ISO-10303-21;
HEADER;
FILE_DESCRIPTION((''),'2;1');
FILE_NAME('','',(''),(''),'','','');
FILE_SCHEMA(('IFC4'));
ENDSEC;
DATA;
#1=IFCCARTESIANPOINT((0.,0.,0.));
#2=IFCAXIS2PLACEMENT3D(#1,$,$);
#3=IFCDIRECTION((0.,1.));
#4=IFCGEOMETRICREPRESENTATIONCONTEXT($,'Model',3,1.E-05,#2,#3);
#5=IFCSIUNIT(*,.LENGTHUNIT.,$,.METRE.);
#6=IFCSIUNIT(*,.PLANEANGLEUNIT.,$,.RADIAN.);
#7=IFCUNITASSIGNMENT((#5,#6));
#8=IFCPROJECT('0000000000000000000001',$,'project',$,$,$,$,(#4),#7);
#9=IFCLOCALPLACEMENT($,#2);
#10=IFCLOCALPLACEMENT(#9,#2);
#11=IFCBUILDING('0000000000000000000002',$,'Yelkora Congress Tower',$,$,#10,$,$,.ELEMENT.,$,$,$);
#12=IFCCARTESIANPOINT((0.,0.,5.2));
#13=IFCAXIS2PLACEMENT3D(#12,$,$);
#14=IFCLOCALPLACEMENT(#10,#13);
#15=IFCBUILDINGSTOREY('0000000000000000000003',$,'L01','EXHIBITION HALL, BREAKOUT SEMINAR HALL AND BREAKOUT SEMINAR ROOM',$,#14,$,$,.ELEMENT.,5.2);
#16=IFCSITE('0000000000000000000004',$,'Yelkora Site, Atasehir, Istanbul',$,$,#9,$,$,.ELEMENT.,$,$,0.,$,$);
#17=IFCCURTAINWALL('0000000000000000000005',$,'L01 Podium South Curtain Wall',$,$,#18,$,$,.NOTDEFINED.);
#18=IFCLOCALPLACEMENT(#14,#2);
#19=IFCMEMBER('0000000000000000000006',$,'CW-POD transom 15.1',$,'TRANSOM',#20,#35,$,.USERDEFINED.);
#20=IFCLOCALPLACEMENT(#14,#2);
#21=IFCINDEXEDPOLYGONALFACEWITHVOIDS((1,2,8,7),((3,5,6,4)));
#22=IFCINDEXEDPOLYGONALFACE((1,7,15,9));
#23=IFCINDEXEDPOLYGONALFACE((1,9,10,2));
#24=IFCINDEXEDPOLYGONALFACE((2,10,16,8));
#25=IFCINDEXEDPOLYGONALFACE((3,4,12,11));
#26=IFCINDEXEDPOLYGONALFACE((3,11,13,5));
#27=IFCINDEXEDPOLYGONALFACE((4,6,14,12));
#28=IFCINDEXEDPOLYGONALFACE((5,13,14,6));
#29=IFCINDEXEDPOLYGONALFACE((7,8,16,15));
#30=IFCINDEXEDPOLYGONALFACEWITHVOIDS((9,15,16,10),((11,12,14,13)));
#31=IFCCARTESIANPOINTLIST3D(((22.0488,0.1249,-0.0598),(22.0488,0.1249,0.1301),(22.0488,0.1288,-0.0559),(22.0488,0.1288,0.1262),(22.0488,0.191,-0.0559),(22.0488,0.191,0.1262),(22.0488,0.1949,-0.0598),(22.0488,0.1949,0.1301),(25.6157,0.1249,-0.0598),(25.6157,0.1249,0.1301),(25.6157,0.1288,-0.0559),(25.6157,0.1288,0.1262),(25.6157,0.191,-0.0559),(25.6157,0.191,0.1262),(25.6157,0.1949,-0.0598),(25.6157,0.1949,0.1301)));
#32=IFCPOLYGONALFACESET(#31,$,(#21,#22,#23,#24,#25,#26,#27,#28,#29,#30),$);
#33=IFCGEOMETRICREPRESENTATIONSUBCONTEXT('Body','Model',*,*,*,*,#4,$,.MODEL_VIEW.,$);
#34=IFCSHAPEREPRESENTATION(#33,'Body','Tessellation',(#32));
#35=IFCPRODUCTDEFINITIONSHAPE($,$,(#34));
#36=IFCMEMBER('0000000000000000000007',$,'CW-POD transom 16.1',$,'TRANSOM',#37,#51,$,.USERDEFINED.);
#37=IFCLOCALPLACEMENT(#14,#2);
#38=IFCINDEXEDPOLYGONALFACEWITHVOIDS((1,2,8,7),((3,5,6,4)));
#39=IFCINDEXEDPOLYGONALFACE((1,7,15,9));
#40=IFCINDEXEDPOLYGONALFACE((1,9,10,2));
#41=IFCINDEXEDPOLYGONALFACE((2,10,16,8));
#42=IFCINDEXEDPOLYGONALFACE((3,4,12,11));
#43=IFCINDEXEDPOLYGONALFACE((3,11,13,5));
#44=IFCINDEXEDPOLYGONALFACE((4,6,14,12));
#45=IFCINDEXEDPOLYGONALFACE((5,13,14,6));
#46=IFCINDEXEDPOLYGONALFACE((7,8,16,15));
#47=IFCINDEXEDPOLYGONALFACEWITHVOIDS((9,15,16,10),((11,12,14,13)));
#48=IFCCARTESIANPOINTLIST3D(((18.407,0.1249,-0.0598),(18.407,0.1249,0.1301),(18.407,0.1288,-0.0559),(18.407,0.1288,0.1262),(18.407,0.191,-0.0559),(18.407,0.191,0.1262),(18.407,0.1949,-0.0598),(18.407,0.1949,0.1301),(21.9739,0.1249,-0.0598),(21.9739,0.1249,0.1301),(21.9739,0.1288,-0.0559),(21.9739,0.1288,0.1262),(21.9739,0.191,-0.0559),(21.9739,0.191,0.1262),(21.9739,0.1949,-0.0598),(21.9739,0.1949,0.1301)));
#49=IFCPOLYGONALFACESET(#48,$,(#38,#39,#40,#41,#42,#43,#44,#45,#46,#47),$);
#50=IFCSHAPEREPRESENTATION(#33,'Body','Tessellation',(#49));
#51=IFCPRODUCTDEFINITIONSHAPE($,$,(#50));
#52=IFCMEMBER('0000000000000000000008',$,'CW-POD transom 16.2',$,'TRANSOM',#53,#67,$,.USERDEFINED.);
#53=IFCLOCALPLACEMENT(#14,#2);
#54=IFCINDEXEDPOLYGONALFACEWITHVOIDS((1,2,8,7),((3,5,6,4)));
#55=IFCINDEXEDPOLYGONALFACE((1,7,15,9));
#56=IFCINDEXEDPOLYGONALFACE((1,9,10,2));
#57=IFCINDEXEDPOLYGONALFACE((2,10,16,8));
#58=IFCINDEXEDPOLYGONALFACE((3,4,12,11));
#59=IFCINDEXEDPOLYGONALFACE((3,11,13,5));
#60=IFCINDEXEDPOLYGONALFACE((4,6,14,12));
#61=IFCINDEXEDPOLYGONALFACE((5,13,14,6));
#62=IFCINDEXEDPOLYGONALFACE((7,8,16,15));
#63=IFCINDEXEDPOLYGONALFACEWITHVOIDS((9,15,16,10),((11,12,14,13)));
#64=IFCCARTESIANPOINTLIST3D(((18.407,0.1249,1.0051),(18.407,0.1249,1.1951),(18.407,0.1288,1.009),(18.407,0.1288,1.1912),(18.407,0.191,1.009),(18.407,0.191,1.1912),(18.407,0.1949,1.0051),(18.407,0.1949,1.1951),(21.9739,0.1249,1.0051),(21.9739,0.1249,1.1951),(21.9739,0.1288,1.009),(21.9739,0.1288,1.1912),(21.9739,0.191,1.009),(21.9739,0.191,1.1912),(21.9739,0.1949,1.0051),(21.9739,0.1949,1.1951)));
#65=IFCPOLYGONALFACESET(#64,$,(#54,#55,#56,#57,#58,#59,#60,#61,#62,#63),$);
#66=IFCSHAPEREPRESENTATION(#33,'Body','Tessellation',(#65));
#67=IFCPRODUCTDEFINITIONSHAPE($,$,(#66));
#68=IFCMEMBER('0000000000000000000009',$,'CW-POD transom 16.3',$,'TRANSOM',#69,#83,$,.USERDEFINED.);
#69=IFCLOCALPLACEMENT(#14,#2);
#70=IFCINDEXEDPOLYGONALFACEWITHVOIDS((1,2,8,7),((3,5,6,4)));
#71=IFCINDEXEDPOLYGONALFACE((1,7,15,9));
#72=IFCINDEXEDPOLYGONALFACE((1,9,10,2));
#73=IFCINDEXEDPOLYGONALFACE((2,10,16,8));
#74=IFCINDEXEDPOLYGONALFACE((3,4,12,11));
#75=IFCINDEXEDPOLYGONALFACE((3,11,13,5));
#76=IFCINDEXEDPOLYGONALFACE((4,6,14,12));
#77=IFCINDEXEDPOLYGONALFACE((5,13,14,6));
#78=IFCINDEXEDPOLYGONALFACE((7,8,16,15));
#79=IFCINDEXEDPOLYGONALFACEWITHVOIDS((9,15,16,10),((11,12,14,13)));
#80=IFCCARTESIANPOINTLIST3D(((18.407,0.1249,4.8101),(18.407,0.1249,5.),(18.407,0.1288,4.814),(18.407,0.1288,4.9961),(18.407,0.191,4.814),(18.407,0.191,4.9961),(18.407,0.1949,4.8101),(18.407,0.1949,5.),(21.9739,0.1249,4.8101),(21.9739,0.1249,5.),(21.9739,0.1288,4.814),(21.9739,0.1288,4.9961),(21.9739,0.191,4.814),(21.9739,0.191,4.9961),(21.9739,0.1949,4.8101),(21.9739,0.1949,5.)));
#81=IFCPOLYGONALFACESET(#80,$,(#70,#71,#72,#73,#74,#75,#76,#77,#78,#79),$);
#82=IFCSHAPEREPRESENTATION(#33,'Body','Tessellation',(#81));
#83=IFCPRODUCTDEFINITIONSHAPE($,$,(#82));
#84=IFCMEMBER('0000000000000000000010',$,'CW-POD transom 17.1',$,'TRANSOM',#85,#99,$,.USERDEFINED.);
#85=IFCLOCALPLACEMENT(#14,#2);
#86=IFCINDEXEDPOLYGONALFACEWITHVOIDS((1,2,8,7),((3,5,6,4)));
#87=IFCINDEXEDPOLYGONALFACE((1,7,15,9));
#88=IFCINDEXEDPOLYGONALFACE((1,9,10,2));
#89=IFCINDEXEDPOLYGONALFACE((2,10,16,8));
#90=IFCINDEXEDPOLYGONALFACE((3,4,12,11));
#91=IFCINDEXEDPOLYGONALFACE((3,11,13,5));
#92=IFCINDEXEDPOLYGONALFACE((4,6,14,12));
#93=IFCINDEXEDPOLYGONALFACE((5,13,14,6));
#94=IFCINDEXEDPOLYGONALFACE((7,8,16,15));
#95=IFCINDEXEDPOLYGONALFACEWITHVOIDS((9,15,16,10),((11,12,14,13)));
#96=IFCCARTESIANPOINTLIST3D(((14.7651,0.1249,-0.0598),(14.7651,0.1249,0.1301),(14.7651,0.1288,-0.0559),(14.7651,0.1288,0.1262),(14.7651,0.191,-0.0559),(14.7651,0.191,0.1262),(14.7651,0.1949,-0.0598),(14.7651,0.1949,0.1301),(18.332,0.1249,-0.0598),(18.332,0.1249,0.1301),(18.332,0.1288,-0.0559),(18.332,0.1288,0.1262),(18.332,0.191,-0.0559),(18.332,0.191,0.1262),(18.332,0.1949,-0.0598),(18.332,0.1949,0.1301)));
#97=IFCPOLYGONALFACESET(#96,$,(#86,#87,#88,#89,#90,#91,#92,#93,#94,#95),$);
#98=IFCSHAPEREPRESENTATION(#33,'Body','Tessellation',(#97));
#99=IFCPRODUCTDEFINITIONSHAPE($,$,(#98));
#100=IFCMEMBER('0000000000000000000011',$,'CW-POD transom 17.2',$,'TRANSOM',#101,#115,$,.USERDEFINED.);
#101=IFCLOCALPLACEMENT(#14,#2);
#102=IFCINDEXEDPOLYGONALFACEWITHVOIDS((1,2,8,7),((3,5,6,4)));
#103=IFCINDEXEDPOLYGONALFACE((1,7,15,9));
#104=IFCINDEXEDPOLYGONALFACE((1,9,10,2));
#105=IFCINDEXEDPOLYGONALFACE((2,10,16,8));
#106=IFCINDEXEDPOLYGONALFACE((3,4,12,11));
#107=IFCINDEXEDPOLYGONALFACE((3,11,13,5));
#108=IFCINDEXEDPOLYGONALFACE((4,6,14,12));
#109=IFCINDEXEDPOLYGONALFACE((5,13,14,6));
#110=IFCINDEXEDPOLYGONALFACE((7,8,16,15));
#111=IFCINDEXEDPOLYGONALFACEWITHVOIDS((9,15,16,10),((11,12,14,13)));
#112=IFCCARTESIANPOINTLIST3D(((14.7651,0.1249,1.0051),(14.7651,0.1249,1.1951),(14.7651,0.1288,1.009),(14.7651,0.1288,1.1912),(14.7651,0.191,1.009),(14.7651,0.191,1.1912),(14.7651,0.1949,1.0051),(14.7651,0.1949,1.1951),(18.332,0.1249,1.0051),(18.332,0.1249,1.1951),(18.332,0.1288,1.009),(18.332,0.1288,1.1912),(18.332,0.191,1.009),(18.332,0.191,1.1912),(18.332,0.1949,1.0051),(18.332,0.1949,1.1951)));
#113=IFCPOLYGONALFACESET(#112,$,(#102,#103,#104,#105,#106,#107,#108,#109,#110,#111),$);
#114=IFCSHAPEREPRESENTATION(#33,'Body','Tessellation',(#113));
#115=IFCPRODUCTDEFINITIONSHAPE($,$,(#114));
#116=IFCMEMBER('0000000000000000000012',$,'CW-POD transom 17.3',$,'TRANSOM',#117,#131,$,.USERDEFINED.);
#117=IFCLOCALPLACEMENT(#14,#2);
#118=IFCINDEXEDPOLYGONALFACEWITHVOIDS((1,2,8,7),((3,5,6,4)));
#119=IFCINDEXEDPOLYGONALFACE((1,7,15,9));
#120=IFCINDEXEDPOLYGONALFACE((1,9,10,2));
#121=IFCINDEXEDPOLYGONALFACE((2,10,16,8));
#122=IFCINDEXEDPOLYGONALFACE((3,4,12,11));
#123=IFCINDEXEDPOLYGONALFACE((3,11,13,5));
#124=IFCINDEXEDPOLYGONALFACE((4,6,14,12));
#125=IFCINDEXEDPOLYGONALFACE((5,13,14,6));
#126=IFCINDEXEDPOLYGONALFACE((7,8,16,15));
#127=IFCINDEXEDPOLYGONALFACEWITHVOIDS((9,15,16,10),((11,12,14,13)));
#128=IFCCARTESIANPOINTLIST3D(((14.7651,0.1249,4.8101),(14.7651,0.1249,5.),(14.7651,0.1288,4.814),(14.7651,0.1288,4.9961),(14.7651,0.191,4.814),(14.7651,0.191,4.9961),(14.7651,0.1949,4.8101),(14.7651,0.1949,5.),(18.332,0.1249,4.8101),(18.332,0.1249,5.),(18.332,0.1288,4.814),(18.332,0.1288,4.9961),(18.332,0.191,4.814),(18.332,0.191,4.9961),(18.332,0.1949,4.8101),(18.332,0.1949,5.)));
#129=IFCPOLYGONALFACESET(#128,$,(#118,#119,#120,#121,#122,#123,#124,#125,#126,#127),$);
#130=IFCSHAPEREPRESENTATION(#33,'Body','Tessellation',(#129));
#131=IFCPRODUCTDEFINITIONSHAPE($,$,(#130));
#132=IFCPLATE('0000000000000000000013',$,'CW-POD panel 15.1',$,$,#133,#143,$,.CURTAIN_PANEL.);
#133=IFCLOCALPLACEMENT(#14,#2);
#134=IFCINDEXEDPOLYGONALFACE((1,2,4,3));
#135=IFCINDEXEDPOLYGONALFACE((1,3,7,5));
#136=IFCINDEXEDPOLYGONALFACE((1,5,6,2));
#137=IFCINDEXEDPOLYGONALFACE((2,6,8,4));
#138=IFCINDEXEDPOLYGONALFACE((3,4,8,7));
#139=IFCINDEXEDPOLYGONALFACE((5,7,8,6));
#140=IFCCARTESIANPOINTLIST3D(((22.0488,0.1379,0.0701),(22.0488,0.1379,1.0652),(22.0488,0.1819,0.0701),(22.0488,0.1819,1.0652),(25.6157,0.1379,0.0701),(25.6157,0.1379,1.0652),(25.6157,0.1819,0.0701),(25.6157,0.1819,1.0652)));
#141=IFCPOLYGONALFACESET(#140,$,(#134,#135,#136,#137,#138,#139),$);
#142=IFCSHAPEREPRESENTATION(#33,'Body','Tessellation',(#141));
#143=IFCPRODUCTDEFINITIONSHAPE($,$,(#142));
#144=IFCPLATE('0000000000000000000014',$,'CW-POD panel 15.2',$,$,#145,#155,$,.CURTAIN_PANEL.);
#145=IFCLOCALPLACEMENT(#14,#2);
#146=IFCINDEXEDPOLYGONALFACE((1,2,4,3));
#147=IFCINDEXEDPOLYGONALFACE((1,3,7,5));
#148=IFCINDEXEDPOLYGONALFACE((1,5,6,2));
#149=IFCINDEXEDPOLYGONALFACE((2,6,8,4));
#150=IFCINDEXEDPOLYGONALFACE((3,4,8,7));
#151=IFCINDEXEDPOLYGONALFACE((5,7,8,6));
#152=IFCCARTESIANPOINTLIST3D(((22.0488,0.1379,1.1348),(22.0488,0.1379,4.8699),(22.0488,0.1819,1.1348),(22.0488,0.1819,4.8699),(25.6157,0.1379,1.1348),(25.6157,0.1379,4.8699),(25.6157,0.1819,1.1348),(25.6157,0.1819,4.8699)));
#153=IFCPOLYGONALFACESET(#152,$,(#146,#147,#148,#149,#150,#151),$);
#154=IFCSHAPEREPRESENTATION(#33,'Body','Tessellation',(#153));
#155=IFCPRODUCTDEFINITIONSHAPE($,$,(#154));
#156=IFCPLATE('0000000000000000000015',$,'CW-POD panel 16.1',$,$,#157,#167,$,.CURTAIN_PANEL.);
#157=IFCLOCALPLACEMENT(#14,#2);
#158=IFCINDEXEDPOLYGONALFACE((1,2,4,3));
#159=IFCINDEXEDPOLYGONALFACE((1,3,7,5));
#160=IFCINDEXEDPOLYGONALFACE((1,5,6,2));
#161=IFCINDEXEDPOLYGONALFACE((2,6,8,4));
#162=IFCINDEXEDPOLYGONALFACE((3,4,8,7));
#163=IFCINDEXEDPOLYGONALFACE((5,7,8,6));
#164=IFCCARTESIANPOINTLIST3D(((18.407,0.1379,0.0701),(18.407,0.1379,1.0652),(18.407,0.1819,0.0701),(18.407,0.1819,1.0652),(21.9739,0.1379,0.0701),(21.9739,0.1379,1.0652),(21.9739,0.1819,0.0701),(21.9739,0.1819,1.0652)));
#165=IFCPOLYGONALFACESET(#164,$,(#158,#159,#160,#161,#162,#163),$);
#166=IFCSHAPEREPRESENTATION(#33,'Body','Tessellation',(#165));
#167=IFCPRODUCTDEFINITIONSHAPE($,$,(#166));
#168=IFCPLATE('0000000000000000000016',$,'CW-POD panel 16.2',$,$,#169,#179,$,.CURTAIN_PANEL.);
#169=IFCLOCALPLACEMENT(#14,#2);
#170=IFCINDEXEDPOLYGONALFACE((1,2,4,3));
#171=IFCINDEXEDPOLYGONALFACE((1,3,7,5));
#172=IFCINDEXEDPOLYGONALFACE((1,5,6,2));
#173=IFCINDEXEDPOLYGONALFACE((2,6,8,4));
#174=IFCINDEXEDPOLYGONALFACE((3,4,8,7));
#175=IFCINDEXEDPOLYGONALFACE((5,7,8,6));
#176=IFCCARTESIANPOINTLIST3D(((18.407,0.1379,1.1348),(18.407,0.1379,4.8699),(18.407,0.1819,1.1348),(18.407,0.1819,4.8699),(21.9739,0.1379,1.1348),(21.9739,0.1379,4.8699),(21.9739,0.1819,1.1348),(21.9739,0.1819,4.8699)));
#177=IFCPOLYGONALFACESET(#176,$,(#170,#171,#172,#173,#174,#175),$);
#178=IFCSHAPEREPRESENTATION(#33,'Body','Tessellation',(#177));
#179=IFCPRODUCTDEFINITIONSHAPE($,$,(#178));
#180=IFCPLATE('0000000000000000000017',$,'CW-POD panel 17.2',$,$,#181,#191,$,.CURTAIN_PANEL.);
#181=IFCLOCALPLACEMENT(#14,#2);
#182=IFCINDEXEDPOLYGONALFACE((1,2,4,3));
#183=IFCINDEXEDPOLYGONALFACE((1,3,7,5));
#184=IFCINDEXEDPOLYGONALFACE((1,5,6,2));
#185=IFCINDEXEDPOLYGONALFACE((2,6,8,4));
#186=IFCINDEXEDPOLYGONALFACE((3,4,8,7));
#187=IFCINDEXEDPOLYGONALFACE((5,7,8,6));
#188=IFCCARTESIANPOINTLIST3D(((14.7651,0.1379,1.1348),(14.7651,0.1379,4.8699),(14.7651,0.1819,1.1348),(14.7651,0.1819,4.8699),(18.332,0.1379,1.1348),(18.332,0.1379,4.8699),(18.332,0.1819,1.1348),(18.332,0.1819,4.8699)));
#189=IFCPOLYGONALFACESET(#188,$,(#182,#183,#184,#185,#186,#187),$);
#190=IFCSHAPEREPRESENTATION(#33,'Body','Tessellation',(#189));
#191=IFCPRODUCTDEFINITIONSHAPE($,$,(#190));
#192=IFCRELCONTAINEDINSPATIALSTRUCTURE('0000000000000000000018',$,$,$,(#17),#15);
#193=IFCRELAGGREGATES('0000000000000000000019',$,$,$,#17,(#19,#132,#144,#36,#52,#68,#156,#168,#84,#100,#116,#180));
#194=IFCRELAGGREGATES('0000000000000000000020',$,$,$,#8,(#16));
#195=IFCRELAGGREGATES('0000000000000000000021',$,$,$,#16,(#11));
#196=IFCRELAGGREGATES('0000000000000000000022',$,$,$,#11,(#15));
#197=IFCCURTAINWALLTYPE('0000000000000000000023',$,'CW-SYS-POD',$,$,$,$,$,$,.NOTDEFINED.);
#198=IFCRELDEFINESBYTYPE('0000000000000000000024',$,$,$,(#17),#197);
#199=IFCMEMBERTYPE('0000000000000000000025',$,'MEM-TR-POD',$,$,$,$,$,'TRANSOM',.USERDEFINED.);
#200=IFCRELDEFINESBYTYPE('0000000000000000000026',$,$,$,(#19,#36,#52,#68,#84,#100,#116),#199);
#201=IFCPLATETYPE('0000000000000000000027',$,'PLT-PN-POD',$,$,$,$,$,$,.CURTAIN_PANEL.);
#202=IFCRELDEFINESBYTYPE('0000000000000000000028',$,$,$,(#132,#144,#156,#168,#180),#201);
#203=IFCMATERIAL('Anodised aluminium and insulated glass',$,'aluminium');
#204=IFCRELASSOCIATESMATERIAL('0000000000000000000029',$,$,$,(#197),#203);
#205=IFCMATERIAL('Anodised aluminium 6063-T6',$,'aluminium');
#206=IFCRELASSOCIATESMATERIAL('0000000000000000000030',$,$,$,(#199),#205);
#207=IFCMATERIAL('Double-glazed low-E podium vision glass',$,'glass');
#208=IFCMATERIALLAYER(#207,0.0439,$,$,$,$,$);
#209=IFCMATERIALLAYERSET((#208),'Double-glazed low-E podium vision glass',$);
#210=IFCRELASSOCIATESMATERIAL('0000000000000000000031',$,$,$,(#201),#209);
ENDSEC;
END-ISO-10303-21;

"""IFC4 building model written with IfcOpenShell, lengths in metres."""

from ifc_helpers import new_model, si_unit, direction, frame, origin, origin_2d, place, context, subcontext, project, spatial, rectangle, hollow_rectangle, extrude, material, layer, layer_set, material_profile, profile_set, type_object, element, aggregate, save


model = new_model("IFC4")

# Units and contexts
model_context = context("Model", 3, precision=1e-05, world=origin(), true_north=direction((0.0, 1.0)))
body_context = subcontext(model_context, "Body", "Model", "MODEL_VIEW")
ifc_project = project(units=[si_unit("LENGTHUNIT", "METRE"), si_unit("PLANEANGLEUNIT", "RADIAN")], contexts=[model_context])

# Site, building, storey
site_placement = place(None, origin())
site = spatial("IfcSite", under=ifc_project, at=site_placement, Name="Yelkora Site, Atasehir, Istanbul", CompositionType="ELEMENT", RefElevation=0.0)
building_placement = place(site_placement, origin())
building = spatial("IfcBuilding", under=site, at=building_placement, Name="Yelkora Congress Tower", CompositionType="ELEMENT")
storey_placement = place(building_placement, frame((0.0, 0.0, 5.2)))
storey = spatial("IfcBuildingStorey", under=building, at=storey_placement, Name="L01", Description="EXHIBITION HALL, BREAKOUT SEMINAR HALL AND BREAKOUT SEMINAR ROOM", CompositionType="ELEMENT", Elevation=5.2)

# Curtain wall, members, plates
ifc_material_1 = material(Name="Anodised aluminium and insulated glass", Category="aluminium")
curtain_wall_type = type_object("IfcCurtainWallType", Name="CW-SYS-POD", PredefinedType="NOTDEFINED", material=ifc_material_1)
curtain_wall_placement = place(storey_placement, origin())
curtain_wall = element("IfcCurtainWall", 1, at=curtain_wall_placement, inside=storey, type_object=curtain_wall_type, Name="L01 Podium South Curtain Wall", PredefinedType="NOTDEFINED")
ifc_material_2 = material(Name="Anodised aluminium 6063-T6", Category="aluminium")
ifc_material_profile_1 = material_profile(ifc_material_2, hollow_rectangle(XDim=0.0701, YDim=0.1899, WallThickness=0.0039, at=origin_2d()), Name="ALU 70x190x4")
ifc_profile_set_1 = profile_set([ifc_material_profile_1], Name="Anodised aluminium 6063-T6")
member_type_1 = type_object("IfcMemberType", Name="MEM-TR-POD", ElementType="TRANSOM", PredefinedType="USERDEFINED", material=ifc_profile_set_1)
member_1_placement = place(storey_placement, frame((25.6157, 0.1599, 0.0352), z_axis=(-1.0, 0.0, 0.0), x_axis=(0.0, -1.0, 0.0)))
member_1 = element("IfcMember", 2, at=member_1_placement, type_object=member_type_1, Name="CW-POD transom 15.1", ObjectType="TRANSOM", PredefinedType="USERDEFINED", context=body_context, shape_type="SweptSolid", body=[
    extrude(hollow_rectangle(XDim=0.0701, YDim=0.1899, WallThickness=0.0039, at=origin_2d()), origin(), (0.0, 0.0, 1.0), 3.5669),
])
member_2_placement = place(storey_placement, frame((21.9739, 0.1599, 0.0352), z_axis=(-1.0, 0.0, 0.0), x_axis=(0.0, -1.0, 0.0)))
member_2 = element("IfcMember", 3, at=member_2_placement, type_object=member_type_1, Name="CW-POD transom 16.1", ObjectType="TRANSOM", PredefinedType="USERDEFINED", context=body_context, shape_type="SweptSolid", body=[
    extrude(hollow_rectangle(XDim=0.0701, YDim=0.1899, WallThickness=0.0039, at=origin_2d()), origin(), (0.0, 0.0, 1.0), 3.5669),
])
member_3_placement = place(storey_placement, frame((21.9739, 0.1599, 1.1001), z_axis=(-1.0, 0.0, 0.0), x_axis=(0.0, -1.0, 0.0)))
member_3 = element("IfcMember", 4, at=member_3_placement, type_object=member_type_1, Name="CW-POD transom 16.2", ObjectType="TRANSOM", PredefinedType="USERDEFINED", context=body_context, shape_type="SweptSolid", body=[
    extrude(hollow_rectangle(XDim=0.0701, YDim=0.1899, WallThickness=0.0039, at=origin_2d()), origin(), (0.0, 0.0, 1.0), 3.5669),
])
member_4_placement = place(storey_placement, frame((21.9739, 0.1599, 4.905), z_axis=(-1.0, 0.0, 0.0), x_axis=(0.0, -1.0, 0.0)))
member_4 = element("IfcMember", 5, at=member_4_placement, type_object=member_type_1, Name="CW-POD transom 16.3", ObjectType="TRANSOM", PredefinedType="USERDEFINED", context=body_context, shape_type="SweptSolid", body=[
    extrude(hollow_rectangle(XDim=0.0701, YDim=0.1899, WallThickness=0.0039, at=origin_2d()), origin(), (0.0, 0.0, 1.0), 3.5669),
])
member_5_placement = place(storey_placement, frame((18.332, 0.1599, 0.0352), z_axis=(-1.0, 0.0, 0.0), x_axis=(0.0, -1.0, 0.0)))
member_5 = element("IfcMember", 6, at=member_5_placement, type_object=member_type_1, Name="CW-POD transom 17.1", ObjectType="TRANSOM", PredefinedType="USERDEFINED", context=body_context, shape_type="SweptSolid", body=[
    extrude(hollow_rectangle(XDim=0.0701, YDim=0.1899, WallThickness=0.0039, at=origin_2d()), origin(), (0.0, 0.0, 1.0), 3.5669),
])
member_6_placement = place(storey_placement, frame((18.332, 0.1599, 1.1001), z_axis=(-1.0, 0.0, 0.0), x_axis=(0.0, -1.0, 0.0)))
member_6 = element("IfcMember", 7, at=member_6_placement, type_object=member_type_1, Name="CW-POD transom 17.2", ObjectType="TRANSOM", PredefinedType="USERDEFINED", context=body_context, shape_type="SweptSolid", body=[
    extrude(hollow_rectangle(XDim=0.0701, YDim=0.1899, WallThickness=0.0039, at=origin_2d()), origin(), (0.0, 0.0, 1.0), 3.5669),
])
member_7_placement = place(storey_placement, frame((18.332, 0.1599, 4.905), z_axis=(-1.0, 0.0, 0.0), x_axis=(0.0, -1.0, 0.0)))
member_7 = element("IfcMember", 8, at=member_7_placement, type_object=member_type_1, Name="CW-POD transom 17.3", ObjectType="TRANSOM", PredefinedType="USERDEFINED", context=body_context, shape_type="SweptSolid", body=[
    extrude(hollow_rectangle(XDim=0.0701, YDim=0.1899, WallThickness=0.0039, at=origin_2d()), origin(), (0.0, 0.0, 1.0), 3.5669),
])
ifc_material_3 = material(Name="Double-glazed low-E podium vision glass", Category="glass")
ifc_layer = layer(ifc_material_3, 0.0439)
ifc_layer_set = layer_set([ifc_layer], Name="Double-glazed low-E podium vision glass")
plate_type = type_object("IfcPlateType", Name="PLT-PN-POD", PredefinedType="CURTAIN_PANEL", material=ifc_layer_set)
plate_1_placement = place(storey_placement, frame((23.8323, 0.1599, 0.0701), z_axis=(0.0, 0.0, 1.0), x_axis=(-1.0, 0.0, 0.0)))
plate_1 = element("IfcPlate", 9, at=plate_1_placement, type_object=plate_type, Name="CW-POD panel 15.1", PredefinedType="CURTAIN_PANEL", context=body_context, shape_type="SweptSolid", body=[
    extrude(rectangle(XDim=3.5669, YDim=0.0439, at=origin_2d()), origin(), (0.0, 0.0, 1.0), 0.9951),
])
plate_2_placement = place(storey_placement, frame((23.8323, 0.1599, 1.1348), z_axis=(0.0, 0.0, 1.0), x_axis=(-1.0, 0.0, 0.0)))
plate_2 = element("IfcPlate", 10, at=plate_2_placement, type_object=plate_type, Name="CW-POD panel 15.2", PredefinedType="CURTAIN_PANEL", context=body_context, shape_type="SweptSolid", body=[
    extrude(rectangle(XDim=3.5669, YDim=0.0439, at=origin_2d()), origin(), (0.0, 0.0, 1.0), 3.7351),
])
plate_3_placement = place(storey_placement, frame((20.1904, 0.1599, 0.0701), z_axis=(0.0, 0.0, 1.0), x_axis=(-1.0, 0.0, 0.0)))
plate_3 = element("IfcPlate", 11, at=plate_3_placement, type_object=plate_type, Name="CW-POD panel 16.1", PredefinedType="CURTAIN_PANEL", context=body_context, shape_type="SweptSolid", body=[
    extrude(rectangle(XDim=3.5669, YDim=0.0439, at=origin_2d()), origin(), (0.0, 0.0, 1.0), 0.9951),
])
plate_4_placement = place(storey_placement, frame((20.1904, 0.1599, 1.1348), z_axis=(0.0, 0.0, 1.0), x_axis=(-1.0, 0.0, 0.0)))
plate_4 = element("IfcPlate", 12, at=plate_4_placement, type_object=plate_type, Name="CW-POD panel 16.2", PredefinedType="CURTAIN_PANEL", context=body_context, shape_type="SweptSolid", body=[
    extrude(rectangle(XDim=3.5669, YDim=0.0439, at=origin_2d()), origin(), (0.0, 0.0, 1.0), 3.7351),
])
plate_5_placement = place(storey_placement, frame((16.5486, 0.1599, 1.1348), z_axis=(0.0, 0.0, 1.0), x_axis=(-1.0, 0.0, 0.0)))
plate_5 = element("IfcPlate", 13, at=plate_5_placement, type_object=plate_type, Name="CW-POD panel 17.2", PredefinedType="CURTAIN_PANEL", context=body_context, shape_type="SweptSolid", body=[
    extrude(rectangle(XDim=3.5669, YDim=0.0439, at=origin_2d()), origin(), (0.0, 0.0, 1.0), 3.7351),
])
aggregate(curtain_wall, [member_1, plate_1, plate_2, member_2, member_3, member_4, plate_3, plate_4, member_5, member_6, member_7, plate_5])

save(model, "model.ifc")
